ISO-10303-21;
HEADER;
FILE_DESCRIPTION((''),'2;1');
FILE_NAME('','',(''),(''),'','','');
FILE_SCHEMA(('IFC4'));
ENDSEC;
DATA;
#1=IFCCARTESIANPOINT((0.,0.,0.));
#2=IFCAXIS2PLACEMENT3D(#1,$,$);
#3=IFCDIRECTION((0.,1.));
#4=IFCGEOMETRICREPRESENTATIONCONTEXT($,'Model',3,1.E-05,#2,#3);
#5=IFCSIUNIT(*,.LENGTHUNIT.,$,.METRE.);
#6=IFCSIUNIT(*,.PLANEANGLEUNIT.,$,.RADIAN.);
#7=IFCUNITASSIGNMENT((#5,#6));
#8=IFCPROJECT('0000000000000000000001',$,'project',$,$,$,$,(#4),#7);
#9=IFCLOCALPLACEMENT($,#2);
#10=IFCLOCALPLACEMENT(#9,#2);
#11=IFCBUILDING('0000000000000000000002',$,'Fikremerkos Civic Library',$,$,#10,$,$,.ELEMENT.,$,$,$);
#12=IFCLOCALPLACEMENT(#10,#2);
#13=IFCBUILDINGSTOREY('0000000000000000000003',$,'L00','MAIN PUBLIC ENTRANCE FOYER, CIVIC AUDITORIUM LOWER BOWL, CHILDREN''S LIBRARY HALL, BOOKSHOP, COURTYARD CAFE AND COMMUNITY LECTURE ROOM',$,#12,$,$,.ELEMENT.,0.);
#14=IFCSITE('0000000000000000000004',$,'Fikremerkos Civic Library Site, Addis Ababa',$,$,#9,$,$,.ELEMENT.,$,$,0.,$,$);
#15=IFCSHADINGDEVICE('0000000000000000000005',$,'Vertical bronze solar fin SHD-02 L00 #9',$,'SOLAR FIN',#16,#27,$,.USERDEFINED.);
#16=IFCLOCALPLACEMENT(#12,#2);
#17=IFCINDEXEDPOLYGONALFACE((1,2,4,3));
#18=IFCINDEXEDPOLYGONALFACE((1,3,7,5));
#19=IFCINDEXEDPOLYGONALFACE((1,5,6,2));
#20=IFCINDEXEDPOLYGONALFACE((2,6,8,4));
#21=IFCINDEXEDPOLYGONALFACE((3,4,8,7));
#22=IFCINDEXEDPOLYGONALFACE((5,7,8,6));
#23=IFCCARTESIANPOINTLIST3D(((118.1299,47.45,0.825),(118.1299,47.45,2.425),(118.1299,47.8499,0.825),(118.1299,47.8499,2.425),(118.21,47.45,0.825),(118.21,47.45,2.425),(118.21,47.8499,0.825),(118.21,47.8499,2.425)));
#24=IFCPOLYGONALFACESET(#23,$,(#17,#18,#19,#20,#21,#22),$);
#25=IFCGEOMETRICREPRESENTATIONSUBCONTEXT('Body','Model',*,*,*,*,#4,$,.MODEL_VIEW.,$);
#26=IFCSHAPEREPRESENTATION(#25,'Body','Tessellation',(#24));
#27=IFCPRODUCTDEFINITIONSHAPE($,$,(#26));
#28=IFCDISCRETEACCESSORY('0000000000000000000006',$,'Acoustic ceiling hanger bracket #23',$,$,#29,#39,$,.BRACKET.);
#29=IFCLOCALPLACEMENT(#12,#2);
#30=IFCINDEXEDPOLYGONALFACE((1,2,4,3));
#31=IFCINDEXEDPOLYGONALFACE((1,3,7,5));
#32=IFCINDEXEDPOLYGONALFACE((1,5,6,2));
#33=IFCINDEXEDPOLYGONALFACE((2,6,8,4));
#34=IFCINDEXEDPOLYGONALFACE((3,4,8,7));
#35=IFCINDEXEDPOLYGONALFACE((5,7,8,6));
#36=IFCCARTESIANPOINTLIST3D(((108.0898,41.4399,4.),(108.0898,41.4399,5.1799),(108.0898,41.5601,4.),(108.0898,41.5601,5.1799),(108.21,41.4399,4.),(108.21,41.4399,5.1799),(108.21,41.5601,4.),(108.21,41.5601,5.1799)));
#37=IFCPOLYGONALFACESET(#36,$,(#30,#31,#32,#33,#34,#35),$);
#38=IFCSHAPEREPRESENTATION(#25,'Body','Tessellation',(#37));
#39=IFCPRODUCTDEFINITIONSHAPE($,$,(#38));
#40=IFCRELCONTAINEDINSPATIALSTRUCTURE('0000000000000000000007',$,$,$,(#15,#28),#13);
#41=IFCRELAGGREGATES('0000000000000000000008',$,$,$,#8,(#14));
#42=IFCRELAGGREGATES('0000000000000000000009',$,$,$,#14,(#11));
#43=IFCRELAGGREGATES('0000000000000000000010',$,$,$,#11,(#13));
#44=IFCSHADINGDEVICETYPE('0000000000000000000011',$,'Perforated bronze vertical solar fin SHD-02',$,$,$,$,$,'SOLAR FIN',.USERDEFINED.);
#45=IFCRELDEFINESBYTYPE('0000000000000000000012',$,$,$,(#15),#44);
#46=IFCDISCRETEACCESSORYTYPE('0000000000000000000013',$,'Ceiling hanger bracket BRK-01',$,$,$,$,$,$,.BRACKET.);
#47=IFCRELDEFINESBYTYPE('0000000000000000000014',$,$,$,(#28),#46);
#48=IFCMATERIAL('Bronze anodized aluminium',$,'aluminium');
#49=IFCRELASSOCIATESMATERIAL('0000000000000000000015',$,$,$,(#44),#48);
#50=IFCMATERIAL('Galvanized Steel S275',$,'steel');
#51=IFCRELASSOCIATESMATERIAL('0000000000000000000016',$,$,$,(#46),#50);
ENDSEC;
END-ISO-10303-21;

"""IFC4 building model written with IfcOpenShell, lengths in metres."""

from ifc_helpers import new_model, si_unit, direction, frame, origin, origin_2d, place, context, subcontext, project, spatial, rectangle, extrude, material, type_object, element, save


model = new_model("IFC4")

# Units and contexts
model_context = context("Model", 3, precision=1e-05, world=origin(), true_north=direction((0.0, 1.0)))
body_context = subcontext(model_context, "Body", "Model", "MODEL_VIEW")
ifc_project = project(units=[si_unit("LENGTHUNIT", "METRE"), si_unit("PLANEANGLEUNIT", "RADIAN")], contexts=[model_context])

# Site, building, storey
site_placement = place(None, origin())
site = spatial("IfcSite", under=ifc_project, at=site_placement, Name="Fikremerkos Civic Library Site, Addis Ababa", CompositionType="ELEMENT", RefElevation=0.0)
building_placement = place(site_placement, origin())
building = spatial("IfcBuilding", under=site, at=building_placement, Name="Fikremerkos Civic Library", CompositionType="ELEMENT")
storey_placement = place(building_placement, origin())
storey = spatial("IfcBuildingStorey", under=building, at=storey_placement, Name="L00", Description="MAIN PUBLIC ENTRANCE FOYER, CIVIC AUDITORIUM LOWER BOWL, CHILDREN'S LIBRARY HALL, BOOKSHOP, COURTYARD CAFE AND COMMUNITY LECTURE ROOM", CompositionType="ELEMENT", Elevation=0.0)

# Shading device
ifc_material_1 = material(Name="Bronze anodized aluminium", Category="aluminium")
shading_device_type = type_object("IfcShadingDeviceType", Name="Perforated bronze vertical solar fin SHD-02", ElementType="SOLAR FIN", PredefinedType="USERDEFINED", material=ifc_material_1)
shading_device_placement = place(storey_placement, frame((118.1699, 47.6499, 0.825), z_axis=(0.0, 0.0, 1.0), x_axis=(1.0, 0.0, 0.0)))
element("IfcShadingDevice", 1, at=shading_device_placement, inside=storey, type_object=shading_device_type, Name="Vertical bronze solar fin SHD-02 L00 #9", ObjectType="SOLAR FIN", PredefinedType="USERDEFINED", context=body_context, shape_type="SweptSolid", body=[
    extrude(rectangle(XDim=0.0801, YDim=0.3999, at=origin_2d()), origin(), (0.0, 0.0, 1.0), 1.6001),
])

# Discrete accessory
ifc_material_2 = material(Name="Galvanized Steel S275", Category="steel")
discrete_accessory_type = type_object("IfcDiscreteAccessoryType", Name="Ceiling hanger bracket BRK-01", PredefinedType="BRACKET", material=ifc_material_2)
discrete_accessory_placement = place(storey_placement, frame((108.1499, 41.5, 4.0), z_axis=(0.0, 0.0, 1.0), x_axis=(1.0, 0.0, 0.0)))
element("IfcDiscreteAccessory", 2, at=discrete_accessory_placement, inside=storey, type_object=discrete_accessory_type, Name="Acoustic ceiling hanger bracket #23", PredefinedType="BRACKET", context=body_context, shape_type="SweptSolid", body=[
    extrude(rectangle(XDim=0.1201, YDim=0.1201, at=origin_2d()), origin(), (0.0, 0.0, 1.0), 1.1799),
])

save(model, "model.ifc")
